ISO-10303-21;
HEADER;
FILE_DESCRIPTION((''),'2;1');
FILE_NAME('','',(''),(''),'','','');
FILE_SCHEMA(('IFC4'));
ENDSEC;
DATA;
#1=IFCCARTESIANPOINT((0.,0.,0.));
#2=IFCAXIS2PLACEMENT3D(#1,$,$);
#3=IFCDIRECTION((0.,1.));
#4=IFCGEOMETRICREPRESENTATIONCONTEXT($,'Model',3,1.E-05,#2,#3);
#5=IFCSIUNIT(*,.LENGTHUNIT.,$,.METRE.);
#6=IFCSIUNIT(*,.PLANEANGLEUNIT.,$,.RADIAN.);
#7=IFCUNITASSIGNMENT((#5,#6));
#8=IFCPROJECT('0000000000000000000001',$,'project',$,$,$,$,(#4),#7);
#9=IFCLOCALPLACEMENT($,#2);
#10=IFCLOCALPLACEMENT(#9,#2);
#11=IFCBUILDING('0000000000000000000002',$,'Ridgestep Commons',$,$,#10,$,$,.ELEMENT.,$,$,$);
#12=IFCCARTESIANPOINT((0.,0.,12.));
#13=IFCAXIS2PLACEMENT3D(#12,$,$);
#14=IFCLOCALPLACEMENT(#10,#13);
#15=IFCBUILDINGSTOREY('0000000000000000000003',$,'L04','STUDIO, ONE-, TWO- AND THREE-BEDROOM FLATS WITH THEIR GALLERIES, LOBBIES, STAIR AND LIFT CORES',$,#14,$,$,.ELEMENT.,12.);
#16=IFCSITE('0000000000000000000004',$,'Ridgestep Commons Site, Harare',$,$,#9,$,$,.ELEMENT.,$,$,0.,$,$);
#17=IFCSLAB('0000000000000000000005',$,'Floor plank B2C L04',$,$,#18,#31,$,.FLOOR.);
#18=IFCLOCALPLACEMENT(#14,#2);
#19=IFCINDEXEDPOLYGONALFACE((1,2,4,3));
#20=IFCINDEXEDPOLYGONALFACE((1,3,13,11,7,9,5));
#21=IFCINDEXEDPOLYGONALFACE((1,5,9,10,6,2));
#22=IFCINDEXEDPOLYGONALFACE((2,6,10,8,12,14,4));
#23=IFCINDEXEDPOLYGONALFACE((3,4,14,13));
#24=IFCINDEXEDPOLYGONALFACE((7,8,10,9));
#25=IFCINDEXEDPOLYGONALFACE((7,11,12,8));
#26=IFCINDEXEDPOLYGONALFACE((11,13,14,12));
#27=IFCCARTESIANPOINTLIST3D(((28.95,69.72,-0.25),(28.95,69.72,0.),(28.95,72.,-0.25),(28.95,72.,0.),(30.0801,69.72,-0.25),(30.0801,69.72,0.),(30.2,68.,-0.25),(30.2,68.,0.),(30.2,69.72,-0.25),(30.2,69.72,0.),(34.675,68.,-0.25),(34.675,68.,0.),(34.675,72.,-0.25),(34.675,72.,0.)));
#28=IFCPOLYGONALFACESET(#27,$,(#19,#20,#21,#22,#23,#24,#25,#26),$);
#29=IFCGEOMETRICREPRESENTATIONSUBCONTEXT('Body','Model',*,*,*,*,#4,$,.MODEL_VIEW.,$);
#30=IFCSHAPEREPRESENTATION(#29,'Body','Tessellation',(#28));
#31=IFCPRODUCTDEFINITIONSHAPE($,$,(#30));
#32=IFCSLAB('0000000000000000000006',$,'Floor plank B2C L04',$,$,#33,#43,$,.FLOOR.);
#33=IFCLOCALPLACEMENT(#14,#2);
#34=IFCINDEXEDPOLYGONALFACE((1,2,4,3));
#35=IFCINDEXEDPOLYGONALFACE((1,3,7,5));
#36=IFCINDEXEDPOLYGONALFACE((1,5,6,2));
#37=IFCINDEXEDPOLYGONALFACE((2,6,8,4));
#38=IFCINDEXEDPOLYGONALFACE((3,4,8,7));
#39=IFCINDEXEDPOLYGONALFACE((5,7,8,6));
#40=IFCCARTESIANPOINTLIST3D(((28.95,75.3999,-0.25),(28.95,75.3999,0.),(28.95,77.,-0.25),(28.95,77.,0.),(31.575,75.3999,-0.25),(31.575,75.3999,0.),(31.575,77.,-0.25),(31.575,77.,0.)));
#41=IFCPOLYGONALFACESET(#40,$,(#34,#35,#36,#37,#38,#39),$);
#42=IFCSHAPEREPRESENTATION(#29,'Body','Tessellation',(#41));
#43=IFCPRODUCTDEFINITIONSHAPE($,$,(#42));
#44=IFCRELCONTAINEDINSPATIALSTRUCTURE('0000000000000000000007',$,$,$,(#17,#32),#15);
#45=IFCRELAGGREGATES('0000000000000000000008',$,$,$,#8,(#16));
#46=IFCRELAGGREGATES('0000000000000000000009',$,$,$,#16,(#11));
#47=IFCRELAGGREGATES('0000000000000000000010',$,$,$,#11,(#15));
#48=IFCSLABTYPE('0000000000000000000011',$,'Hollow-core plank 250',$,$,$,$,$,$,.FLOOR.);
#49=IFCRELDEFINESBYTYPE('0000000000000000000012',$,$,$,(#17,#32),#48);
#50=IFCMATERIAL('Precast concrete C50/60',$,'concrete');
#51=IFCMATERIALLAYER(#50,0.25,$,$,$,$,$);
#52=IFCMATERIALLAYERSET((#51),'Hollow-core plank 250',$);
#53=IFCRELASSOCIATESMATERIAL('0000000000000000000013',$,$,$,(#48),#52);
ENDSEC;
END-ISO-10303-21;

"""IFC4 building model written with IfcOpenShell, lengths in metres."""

from ifc_helpers import new_model, si_unit, direction, frame, origin, place, context, subcontext, project, spatial, polyline, outline, extrude, material, layer, layer_set, type_object, element, save


model = new_model("IFC4")

# Units and contexts
model_context = context("Model", 3, precision=1e-05, world=origin(), true_north=direction((0.0, 1.0)))
body_context = subcontext(model_context, "Body", "Model", "MODEL_VIEW")
ifc_project = project(units=[si_unit("LENGTHUNIT", "METRE"), si_unit("PLANEANGLEUNIT", "RADIAN")], contexts=[model_context])

# Site, building, storey
site_placement = place(None, origin())
site = spatial("IfcSite", under=ifc_project, at=site_placement, Name="Ridgestep Commons Site, Harare", CompositionType="ELEMENT", RefElevation=0.0)
building_placement = place(site_placement, origin())
building = spatial("IfcBuilding", under=site, at=building_placement, Name="Ridgestep Commons", CompositionType="ELEMENT")
storey_placement = place(building_placement, frame((0.0, 0.0, 12.0)))
storey = spatial("IfcBuildingStorey", under=building, at=storey_placement, Name="L04", Description="STUDIO, ONE-, TWO- AND THREE-BEDROOM FLATS WITH THEIR GALLERIES, LOBBIES, STAIR AND LIFT CORES", CompositionType="ELEMENT", Elevation=12.0)

# Slabs
ifc_material = material(Name="Precast concrete C50/60", Category="concrete")
ifc_layer = layer(ifc_material, 0.25)
ifc_layer_set = layer_set([ifc_layer], Name="Hollow-core plank 250")
slab_type = type_object("IfcSlabType", Name="Hollow-core plank 250", PredefinedType="FLOOR", material=ifc_layer_set)
slab_1_placement = place(storey_placement, frame((0.0, 0.0, -0.25)))
element("IfcSlab", 1, at=slab_1_placement, inside=storey, type_object=slab_type, Name="Floor plank B2C L04", PredefinedType="FLOOR", context=body_context, shape_type="SweptSolid", body=[
    extrude(outline(polyline([(30.2, 68.0), (34.675, 68.0), (34.675, 72.0), (28.95, 72.0), (28.95, 69.72), (30.0801, 69.72), (30.2, 69.72), (30.2, 68.0)])), origin(), (0.0, 0.0, 1.0), 0.25),
])
slab_2_placement = place(storey_placement, frame((0.0, 0.0, -0.25)))
element("IfcSlab", 2, at=slab_2_placement, inside=storey, type_object=slab_type, Name="Floor plank B2C L04", PredefinedType="FLOOR", context=body_context, shape_type="SweptSolid", body=[
    extrude(outline(polyline([(31.575, 77.0), (28.95, 77.0), (28.95, 75.3999), (31.575, 75.3999), (31.575, 77.0)])), origin(), (0.0, 0.0, 1.0), 0.25),
])

save(model, "model.ifc")
